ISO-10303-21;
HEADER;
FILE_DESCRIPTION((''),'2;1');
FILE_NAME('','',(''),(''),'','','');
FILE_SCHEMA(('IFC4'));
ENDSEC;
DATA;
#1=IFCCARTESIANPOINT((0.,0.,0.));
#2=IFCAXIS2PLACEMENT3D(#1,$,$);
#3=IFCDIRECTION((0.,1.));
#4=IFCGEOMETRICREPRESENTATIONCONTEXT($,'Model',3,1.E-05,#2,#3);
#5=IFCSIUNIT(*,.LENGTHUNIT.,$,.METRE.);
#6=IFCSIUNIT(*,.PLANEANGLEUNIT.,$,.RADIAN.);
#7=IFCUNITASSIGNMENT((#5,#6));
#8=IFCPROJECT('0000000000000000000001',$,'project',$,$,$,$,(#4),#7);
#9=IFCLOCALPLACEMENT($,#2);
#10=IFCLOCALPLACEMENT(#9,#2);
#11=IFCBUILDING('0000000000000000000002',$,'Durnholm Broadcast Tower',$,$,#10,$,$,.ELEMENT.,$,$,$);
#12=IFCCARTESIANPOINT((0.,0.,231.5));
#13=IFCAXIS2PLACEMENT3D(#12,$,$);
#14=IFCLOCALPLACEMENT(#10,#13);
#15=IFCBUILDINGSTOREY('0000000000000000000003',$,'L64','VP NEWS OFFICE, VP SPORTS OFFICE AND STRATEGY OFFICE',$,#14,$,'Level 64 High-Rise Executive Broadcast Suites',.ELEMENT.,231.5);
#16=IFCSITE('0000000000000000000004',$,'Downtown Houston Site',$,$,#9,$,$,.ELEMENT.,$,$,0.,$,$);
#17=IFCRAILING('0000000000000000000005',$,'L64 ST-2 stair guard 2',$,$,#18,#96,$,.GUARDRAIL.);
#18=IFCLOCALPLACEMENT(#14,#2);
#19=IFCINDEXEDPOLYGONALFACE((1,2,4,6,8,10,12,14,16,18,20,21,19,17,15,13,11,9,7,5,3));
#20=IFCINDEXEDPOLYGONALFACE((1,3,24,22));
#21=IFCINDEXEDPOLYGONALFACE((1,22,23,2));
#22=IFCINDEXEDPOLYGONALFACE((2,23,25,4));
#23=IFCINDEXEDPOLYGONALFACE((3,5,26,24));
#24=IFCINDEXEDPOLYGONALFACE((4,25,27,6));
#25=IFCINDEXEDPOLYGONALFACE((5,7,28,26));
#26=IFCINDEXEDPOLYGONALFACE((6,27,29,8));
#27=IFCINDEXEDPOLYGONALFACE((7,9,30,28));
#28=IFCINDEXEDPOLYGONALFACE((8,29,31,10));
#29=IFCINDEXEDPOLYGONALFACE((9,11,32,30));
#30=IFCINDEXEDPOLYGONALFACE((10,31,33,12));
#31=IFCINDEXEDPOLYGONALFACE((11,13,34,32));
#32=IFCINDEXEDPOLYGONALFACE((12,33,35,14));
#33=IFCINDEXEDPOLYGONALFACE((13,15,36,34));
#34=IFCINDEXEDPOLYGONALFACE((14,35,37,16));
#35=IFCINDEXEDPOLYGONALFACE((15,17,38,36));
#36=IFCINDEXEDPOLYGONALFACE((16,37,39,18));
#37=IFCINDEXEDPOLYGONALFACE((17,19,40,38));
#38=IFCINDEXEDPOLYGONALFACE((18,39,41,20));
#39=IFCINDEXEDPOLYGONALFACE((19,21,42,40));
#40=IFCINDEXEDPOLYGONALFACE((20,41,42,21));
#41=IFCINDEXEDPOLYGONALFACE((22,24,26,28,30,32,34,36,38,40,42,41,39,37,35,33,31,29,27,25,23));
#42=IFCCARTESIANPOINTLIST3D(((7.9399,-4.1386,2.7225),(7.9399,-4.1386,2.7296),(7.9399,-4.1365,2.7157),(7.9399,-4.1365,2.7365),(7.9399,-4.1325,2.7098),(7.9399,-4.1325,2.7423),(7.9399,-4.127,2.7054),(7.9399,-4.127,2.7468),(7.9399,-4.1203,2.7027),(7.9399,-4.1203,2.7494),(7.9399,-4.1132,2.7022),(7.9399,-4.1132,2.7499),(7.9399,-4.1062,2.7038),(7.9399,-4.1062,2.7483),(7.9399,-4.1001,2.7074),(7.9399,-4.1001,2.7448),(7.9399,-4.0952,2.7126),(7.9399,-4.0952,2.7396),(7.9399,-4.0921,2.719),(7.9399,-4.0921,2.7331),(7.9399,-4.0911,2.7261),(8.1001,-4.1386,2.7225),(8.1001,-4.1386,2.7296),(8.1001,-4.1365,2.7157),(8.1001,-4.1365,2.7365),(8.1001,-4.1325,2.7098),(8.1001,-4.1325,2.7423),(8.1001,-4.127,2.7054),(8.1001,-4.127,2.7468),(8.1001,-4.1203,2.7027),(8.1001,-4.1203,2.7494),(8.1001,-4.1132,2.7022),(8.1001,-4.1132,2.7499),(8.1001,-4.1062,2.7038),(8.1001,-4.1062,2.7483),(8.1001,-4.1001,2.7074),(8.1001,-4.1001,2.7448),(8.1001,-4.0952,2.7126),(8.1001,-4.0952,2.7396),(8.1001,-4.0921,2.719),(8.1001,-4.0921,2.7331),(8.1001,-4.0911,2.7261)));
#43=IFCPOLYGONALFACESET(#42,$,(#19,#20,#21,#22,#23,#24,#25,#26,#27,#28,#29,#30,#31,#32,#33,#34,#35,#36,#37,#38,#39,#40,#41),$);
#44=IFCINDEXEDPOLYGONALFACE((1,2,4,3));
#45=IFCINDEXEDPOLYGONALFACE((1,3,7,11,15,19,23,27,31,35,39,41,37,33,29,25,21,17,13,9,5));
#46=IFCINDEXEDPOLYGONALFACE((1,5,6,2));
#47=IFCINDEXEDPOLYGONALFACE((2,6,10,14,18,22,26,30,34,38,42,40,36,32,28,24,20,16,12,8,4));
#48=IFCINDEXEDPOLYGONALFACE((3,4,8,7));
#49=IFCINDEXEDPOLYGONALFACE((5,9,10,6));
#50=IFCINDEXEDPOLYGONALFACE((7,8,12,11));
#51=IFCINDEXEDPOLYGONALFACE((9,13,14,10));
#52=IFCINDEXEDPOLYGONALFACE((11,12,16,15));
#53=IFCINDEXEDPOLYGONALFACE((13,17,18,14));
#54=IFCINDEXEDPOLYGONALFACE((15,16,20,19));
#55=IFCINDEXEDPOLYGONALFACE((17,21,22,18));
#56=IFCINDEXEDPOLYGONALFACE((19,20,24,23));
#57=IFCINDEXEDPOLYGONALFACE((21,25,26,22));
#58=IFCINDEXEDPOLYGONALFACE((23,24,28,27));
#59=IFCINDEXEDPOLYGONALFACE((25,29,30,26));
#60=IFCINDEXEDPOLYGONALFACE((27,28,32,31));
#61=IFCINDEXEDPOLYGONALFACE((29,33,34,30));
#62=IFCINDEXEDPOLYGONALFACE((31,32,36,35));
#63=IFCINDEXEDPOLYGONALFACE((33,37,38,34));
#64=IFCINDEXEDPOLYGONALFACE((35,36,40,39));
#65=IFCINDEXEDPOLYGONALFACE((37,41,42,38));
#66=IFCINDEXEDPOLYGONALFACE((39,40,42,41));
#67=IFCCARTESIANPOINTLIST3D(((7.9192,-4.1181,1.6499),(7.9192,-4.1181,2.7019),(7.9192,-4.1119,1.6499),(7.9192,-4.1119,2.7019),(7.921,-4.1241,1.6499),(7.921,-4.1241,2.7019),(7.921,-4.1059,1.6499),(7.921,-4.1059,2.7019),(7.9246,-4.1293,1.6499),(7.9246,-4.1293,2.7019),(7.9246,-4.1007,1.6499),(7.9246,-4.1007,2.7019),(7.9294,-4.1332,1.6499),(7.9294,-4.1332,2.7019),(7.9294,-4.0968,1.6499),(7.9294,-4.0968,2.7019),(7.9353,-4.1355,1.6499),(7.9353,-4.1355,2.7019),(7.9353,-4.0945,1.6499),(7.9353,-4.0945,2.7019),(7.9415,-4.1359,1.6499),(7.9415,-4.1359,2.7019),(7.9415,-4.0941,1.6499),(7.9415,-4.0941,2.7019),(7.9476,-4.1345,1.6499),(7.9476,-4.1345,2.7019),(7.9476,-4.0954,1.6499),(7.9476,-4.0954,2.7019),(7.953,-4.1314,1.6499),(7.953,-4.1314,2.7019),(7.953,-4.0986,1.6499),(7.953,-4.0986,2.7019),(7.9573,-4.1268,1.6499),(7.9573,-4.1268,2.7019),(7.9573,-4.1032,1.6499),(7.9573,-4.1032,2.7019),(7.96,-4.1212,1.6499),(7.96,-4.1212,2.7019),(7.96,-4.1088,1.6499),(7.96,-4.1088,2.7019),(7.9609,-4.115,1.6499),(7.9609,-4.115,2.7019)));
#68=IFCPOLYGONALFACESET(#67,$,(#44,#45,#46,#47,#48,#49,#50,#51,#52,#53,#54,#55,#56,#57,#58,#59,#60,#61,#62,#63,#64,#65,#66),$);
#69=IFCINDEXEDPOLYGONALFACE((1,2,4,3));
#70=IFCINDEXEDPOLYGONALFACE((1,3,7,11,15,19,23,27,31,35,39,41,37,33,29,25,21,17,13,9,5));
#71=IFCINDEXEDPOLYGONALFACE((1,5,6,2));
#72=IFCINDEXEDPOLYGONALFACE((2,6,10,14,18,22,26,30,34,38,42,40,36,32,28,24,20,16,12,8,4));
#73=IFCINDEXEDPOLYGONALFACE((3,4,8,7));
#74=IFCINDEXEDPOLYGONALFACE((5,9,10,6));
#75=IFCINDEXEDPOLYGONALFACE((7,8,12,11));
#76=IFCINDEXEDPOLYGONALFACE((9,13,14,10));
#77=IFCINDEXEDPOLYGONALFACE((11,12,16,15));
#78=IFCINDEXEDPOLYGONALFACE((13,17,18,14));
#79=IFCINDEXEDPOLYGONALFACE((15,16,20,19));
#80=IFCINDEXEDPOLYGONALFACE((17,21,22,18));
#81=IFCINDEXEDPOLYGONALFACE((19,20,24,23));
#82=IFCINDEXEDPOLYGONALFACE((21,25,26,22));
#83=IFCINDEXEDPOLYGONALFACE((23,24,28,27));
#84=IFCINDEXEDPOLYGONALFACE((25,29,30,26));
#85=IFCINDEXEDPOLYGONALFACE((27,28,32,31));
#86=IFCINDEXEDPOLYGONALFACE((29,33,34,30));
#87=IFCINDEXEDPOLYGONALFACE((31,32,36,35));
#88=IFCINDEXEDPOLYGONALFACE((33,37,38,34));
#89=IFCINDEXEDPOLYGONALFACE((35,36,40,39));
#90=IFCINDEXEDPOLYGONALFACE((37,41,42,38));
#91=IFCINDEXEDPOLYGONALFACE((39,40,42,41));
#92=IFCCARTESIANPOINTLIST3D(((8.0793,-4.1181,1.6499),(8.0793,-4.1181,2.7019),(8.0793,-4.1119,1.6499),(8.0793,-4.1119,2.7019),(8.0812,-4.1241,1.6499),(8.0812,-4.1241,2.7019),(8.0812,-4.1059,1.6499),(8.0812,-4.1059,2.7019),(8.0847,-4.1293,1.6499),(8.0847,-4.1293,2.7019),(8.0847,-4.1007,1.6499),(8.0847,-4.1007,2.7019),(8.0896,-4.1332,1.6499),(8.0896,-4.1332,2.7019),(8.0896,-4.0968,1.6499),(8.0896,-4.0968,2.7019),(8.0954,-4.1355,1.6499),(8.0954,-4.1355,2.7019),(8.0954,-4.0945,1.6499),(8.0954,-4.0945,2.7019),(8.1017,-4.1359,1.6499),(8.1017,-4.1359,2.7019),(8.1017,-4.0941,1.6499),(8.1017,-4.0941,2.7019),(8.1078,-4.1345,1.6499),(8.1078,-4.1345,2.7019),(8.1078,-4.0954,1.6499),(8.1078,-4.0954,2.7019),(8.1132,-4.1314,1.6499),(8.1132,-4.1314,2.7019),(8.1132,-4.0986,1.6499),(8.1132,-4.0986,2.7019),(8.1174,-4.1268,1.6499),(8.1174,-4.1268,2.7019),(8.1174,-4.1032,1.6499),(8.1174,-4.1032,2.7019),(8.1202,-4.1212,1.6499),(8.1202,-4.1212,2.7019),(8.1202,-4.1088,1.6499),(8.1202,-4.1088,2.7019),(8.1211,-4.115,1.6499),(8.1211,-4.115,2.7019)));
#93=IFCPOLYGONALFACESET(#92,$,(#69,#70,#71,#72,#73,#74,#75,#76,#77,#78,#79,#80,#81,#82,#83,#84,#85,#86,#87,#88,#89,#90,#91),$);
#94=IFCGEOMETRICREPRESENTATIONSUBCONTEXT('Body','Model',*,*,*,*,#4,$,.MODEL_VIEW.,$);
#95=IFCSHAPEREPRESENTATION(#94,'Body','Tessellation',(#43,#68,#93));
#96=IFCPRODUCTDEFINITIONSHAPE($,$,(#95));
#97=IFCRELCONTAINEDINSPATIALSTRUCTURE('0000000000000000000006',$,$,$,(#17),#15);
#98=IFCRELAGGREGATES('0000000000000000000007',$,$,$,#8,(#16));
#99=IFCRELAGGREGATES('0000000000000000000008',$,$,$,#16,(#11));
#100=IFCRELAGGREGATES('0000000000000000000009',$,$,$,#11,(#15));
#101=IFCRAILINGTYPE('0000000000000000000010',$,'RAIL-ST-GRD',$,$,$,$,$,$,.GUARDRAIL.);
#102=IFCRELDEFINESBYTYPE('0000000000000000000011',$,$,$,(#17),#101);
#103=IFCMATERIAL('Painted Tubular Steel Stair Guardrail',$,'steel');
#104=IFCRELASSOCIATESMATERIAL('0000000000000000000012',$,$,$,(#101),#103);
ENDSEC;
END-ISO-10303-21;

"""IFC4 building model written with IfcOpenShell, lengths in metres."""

from ifc_helpers import new_model, si_unit, direction, frame, origin, origin_2d, place, context, subcontext, project, spatial, circle, extrude, material, type_object, element, save


model = new_model("IFC4")

# Units and contexts
model_context = context("Model", 3, precision=1e-05, world=origin(), true_north=direction((0.0, 1.0)))
body_context = subcontext(model_context, "Body", "Model", "MODEL_VIEW")
ifc_project = project(units=[si_unit("LENGTHUNIT", "METRE"), si_unit("PLANEANGLEUNIT", "RADIAN")], contexts=[model_context])

# Site, building, storey
site_placement = place(None, origin())
site = spatial("IfcSite", under=ifc_project, at=site_placement, Name="Downtown Houston Site", CompositionType="ELEMENT", RefElevation=0.0)
building_placement = place(site_placement, origin())
building = spatial("IfcBuilding", under=site, at=building_placement, Name="Durnholm Broadcast Tower", CompositionType="ELEMENT")
storey_placement = place(building_placement, frame((0.0, 0.0, 231.5)))
storey = spatial("IfcBuildingStorey", under=building, at=storey_placement, Name="L64", Description="VP NEWS OFFICE, VP SPORTS OFFICE AND STRATEGY OFFICE", LongName="Level 64 High-Rise Executive Broadcast Suites", CompositionType="ELEMENT", Elevation=231.5)

# Railing
ifc_material_1 = material(Name="Painted Tubular Steel Stair Guardrail", Category="steel")
railing_type_1 = type_object("IfcRailingType", Name="RAIL-ST-GRD", PredefinedType="GUARDRAIL", material=ifc_material_1)
railing_1_placement = place(storey_placement, frame((7.9399, -4.115, 1.6499)))
element("IfcRailing", 1, at=railing_1_placement, inside=storey, type_object=railing_type_1, Name="L64 ST-2 stair guard 2", PredefinedType="GUARDRAIL", context=body_context, shape_type="SweptSolid", body=[
    extrude(circle(Radius=0.0239, at=origin_2d()), frame((0.0, 0.0, 1.0762), z_axis=(1.0, 0.0, 0.0), x_axis=(0.0, 1.0, 0.0)), (0.0, 0.0, 1.0), 0.1602),
    extrude(circle(Radius=0.021, at=origin_2d()), origin(), (0.0, 0.0, 1.0), 1.052),
    extrude(circle(Radius=0.021, at=origin_2d()), frame((0.1602, 0.0, 0.0)), (0.0, 0.0, 1.0), 1.052),
])

save(model, "model.ifc")
